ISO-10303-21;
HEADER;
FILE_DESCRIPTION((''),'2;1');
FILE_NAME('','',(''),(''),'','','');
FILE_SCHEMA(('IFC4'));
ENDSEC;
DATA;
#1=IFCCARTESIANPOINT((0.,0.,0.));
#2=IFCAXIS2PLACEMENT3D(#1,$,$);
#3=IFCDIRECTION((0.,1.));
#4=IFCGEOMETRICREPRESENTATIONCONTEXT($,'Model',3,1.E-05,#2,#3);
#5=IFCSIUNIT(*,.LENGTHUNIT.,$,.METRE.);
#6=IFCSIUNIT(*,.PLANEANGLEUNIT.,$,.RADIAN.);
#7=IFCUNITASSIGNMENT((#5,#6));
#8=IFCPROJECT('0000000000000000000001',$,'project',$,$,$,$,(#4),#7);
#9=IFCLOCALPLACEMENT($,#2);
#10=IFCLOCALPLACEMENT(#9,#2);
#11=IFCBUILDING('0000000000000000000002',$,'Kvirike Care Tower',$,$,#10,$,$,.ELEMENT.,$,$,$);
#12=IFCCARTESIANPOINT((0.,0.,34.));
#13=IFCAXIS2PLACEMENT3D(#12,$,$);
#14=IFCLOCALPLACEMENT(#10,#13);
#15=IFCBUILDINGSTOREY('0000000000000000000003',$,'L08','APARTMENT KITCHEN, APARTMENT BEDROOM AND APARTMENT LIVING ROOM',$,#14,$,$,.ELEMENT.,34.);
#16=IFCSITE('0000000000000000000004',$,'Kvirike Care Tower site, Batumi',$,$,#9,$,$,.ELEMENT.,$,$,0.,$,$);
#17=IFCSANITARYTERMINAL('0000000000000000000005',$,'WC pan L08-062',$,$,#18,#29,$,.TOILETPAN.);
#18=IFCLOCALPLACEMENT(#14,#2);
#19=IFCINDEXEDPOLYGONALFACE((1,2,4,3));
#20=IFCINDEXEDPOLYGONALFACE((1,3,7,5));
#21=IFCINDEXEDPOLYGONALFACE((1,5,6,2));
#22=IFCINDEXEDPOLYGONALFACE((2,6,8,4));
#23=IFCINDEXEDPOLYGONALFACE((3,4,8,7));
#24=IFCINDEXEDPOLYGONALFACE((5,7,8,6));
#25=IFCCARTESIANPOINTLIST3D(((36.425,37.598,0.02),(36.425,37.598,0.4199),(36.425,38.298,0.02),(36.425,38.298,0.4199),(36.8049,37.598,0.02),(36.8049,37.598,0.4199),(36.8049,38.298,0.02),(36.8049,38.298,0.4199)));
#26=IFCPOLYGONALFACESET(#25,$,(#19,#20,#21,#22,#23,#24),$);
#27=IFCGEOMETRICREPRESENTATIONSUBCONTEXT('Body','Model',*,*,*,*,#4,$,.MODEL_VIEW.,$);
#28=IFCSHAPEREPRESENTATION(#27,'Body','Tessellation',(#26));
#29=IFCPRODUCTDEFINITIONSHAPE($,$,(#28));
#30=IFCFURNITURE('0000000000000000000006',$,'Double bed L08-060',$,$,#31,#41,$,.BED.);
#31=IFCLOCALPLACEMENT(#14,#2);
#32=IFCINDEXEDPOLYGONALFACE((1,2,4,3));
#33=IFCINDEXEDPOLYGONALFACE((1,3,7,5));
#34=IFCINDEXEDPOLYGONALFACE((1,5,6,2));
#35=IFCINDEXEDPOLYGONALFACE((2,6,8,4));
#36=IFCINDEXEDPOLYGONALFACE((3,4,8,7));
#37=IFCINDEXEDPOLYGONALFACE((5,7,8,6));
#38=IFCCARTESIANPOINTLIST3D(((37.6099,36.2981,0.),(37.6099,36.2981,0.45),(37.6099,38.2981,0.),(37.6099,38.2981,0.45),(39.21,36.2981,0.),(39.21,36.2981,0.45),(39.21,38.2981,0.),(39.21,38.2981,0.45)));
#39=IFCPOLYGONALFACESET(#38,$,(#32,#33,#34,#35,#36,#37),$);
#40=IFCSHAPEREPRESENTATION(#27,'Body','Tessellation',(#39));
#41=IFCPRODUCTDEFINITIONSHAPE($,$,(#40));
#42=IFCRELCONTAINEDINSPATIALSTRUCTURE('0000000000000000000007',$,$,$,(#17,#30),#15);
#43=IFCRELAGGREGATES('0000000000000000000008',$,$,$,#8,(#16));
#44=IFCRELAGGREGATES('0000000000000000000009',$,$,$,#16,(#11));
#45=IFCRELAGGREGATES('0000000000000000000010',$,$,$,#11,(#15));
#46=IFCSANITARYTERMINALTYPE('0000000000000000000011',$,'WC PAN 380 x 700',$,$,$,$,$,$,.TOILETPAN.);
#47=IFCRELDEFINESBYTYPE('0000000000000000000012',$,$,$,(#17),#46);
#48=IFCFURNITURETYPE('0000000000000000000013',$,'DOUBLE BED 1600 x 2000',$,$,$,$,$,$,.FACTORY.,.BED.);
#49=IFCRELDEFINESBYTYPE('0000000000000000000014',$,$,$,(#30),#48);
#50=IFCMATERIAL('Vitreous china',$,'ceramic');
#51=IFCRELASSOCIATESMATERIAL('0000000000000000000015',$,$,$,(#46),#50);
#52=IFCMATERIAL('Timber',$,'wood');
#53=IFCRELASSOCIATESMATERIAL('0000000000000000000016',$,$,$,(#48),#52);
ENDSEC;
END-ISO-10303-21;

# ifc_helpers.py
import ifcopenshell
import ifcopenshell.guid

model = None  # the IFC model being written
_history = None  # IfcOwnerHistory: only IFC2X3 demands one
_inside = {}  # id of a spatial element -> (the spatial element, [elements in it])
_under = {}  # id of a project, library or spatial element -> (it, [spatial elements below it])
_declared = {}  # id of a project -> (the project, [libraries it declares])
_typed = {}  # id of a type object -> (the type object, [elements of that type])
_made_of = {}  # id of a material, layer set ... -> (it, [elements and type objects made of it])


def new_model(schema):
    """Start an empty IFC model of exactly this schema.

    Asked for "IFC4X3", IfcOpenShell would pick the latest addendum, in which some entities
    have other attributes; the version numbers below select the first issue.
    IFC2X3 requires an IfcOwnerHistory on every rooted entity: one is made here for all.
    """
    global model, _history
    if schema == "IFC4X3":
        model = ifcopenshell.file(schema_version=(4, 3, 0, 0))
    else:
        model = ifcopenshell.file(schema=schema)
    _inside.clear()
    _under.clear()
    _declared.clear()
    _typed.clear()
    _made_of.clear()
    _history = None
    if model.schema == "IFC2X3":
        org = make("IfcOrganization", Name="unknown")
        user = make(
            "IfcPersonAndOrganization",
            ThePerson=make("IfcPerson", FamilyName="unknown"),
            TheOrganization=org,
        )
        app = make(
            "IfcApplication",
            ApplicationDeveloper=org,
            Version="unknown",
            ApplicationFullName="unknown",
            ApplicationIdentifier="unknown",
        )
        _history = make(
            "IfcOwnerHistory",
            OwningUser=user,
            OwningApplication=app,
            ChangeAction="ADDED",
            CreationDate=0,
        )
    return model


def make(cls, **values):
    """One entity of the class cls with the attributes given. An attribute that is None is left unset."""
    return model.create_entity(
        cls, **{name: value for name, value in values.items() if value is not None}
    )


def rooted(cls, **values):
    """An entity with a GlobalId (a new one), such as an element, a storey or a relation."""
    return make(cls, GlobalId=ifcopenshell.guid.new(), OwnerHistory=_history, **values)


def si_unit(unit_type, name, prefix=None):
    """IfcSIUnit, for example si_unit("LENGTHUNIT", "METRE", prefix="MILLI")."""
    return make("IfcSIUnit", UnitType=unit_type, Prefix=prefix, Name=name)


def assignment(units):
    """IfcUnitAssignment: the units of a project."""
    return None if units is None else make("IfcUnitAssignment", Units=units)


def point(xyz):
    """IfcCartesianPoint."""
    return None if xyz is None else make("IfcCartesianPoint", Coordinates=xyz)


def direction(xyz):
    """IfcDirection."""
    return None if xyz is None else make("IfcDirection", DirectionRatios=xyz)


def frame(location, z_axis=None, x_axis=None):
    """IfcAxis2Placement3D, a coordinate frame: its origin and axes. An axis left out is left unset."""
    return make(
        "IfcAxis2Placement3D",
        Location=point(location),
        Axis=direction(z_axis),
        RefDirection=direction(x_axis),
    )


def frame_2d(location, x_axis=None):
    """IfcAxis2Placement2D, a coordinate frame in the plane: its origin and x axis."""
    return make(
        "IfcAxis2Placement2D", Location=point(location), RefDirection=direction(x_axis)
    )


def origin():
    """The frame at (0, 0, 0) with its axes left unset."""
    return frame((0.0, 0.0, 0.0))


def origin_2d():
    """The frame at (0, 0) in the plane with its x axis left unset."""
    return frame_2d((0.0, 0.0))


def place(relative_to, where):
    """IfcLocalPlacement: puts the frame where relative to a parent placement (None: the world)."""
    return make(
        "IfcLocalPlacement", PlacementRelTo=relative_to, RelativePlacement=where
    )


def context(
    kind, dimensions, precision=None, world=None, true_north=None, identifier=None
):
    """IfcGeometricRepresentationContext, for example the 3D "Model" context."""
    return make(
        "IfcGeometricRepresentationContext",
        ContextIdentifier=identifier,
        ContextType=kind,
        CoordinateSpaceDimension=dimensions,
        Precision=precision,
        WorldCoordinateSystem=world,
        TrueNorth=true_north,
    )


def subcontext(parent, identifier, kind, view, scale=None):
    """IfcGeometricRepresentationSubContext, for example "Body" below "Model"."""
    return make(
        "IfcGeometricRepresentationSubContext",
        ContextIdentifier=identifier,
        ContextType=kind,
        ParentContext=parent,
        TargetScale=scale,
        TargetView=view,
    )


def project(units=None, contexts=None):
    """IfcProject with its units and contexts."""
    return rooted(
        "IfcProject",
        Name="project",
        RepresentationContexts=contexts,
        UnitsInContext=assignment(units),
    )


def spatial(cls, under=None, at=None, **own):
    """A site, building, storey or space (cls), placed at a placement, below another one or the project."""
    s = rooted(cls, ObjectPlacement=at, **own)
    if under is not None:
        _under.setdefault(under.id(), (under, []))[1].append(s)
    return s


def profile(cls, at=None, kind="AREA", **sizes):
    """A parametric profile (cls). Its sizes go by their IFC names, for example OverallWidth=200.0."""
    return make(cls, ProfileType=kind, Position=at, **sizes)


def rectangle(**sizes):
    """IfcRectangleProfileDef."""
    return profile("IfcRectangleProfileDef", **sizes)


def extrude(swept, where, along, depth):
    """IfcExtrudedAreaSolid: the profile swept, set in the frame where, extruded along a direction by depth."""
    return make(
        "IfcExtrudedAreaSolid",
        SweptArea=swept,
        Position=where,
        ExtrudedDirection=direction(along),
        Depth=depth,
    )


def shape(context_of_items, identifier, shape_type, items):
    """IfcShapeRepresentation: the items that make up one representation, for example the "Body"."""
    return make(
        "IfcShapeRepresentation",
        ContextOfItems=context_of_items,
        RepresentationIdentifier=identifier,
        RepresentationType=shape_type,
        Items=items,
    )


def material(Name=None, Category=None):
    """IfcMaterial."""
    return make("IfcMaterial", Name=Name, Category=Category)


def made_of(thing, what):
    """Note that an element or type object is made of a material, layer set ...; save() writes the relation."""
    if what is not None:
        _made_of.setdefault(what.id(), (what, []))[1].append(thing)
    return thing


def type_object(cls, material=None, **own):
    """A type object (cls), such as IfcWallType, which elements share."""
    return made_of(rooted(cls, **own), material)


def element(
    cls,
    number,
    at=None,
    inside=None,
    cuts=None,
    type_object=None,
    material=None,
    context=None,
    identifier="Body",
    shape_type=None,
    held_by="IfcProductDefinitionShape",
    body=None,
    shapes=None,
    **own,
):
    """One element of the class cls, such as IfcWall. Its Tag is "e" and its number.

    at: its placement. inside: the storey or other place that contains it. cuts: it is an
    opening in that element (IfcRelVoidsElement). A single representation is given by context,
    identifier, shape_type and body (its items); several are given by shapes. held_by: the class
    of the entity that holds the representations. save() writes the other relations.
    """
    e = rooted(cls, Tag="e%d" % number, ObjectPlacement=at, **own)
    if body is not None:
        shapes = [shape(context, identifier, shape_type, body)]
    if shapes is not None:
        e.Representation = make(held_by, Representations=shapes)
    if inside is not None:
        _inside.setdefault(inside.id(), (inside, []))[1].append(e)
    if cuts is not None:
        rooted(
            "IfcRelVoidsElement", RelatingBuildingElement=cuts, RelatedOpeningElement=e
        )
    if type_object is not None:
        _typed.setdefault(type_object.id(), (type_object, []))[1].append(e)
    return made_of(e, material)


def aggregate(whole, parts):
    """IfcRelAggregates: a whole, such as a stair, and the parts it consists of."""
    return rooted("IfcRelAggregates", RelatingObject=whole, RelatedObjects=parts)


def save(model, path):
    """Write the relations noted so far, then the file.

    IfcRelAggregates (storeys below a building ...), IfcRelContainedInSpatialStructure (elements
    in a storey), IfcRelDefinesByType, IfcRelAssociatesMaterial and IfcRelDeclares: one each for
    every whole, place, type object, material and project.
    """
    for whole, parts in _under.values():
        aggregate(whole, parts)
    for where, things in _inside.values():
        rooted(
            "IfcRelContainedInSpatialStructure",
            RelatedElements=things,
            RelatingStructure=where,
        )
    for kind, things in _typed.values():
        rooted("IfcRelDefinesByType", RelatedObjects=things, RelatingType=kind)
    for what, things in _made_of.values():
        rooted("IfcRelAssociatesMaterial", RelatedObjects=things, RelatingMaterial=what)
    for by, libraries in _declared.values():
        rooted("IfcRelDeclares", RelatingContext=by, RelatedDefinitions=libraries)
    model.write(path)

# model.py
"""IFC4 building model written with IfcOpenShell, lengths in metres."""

from ifc_helpers import new_model, si_unit, direction, frame, origin, origin_2d, place, context, subcontext, project, spatial, rectangle, extrude, material, type_object, element, save


model = new_model("IFC4")

# Units and contexts
model_context = context("Model", 3, precision=1e-05, world=origin(), true_north=direction((0.0, 1.0)))
body_context = subcontext(model_context, "Body", "Model", "MODEL_VIEW")
ifc_project = project(units=[si_unit("LENGTHUNIT", "METRE"), si_unit("PLANEANGLEUNIT", "RADIAN")], contexts=[model_context])

# Site, building, storey
site_placement = place(None, origin())
site = spatial("IfcSite", under=ifc_project, at=site_placement, Name="Kvirike Care Tower site, Batumi", CompositionType="ELEMENT", RefElevation=0.0)
building_placement = place(site_placement, origin())
building = spatial("IfcBuilding", under=site, at=building_placement, Name="Kvirike Care Tower", CompositionType="ELEMENT")
storey_placement = place(building_placement, frame((0.0, 0.0, 34.0)))
storey = spatial("IfcBuildingStorey", under=building, at=storey_placement, Name="L08", Description="APARTMENT KITCHEN, APARTMENT BEDROOM AND APARTMENT LIVING ROOM", CompositionType="ELEMENT", Elevation=34.0)

# Sanitary terminal
ifc_material_1 = material(Name="Vitreous china", Category="ceramic")
sanitary_terminal_type_1 = type_object("IfcSanitaryTerminalType", Name="WC PAN 380 x 700", PredefinedType="TOILETPAN", material=ifc_material_1)
sanitary_terminal_1_placement = place(storey_placement, frame((36.615, 37.948, 0.02), z_axis=(0.0, 0.0, 1.0), x_axis=(1.0, 0.0, 0.0)))
element("IfcSanitaryTerminal", 1, at=sanitary_terminal_1_placement, inside=storey, type_object=sanitary_terminal_type_1, Name="WC pan L08-062", PredefinedType="TOILETPAN", context=body_context, shape_type="SweptSolid", body=[
    extrude(rectangle(XDim=0.3799, YDim=0.7, at=origin_2d()), origin(), (0.0, 0.0, 1.0), 0.3999),
])

# Furniture
ifc_material_2 = material(Name="Timber", Category="wood")
furniture_type = type_object("IfcFurnitureType", Name="DOUBLE BED 1600 x 2000", AssemblyPlace="FACTORY", PredefinedType="BED", material=ifc_material_2)
furniture_placement = place(storey_placement, frame((38.4099, 37.2981, 0.0), z_axis=(0.0, 0.0, 1.0), x_axis=(1.0, 0.0, 0.0)))
element("IfcFurniture", 2, at=furniture_placement, inside=storey, type_object=furniture_type, Name="Double bed L08-060", PredefinedType="BED", context=body_context, shape_type="SweptSolid", body=[
    extrude(rectangle(XDim=1.6001, YDim=2.0, at=origin_2d()), origin(), (0.0, 0.0, 1.0), 0.45),
])

save(model, "model.ifc")
